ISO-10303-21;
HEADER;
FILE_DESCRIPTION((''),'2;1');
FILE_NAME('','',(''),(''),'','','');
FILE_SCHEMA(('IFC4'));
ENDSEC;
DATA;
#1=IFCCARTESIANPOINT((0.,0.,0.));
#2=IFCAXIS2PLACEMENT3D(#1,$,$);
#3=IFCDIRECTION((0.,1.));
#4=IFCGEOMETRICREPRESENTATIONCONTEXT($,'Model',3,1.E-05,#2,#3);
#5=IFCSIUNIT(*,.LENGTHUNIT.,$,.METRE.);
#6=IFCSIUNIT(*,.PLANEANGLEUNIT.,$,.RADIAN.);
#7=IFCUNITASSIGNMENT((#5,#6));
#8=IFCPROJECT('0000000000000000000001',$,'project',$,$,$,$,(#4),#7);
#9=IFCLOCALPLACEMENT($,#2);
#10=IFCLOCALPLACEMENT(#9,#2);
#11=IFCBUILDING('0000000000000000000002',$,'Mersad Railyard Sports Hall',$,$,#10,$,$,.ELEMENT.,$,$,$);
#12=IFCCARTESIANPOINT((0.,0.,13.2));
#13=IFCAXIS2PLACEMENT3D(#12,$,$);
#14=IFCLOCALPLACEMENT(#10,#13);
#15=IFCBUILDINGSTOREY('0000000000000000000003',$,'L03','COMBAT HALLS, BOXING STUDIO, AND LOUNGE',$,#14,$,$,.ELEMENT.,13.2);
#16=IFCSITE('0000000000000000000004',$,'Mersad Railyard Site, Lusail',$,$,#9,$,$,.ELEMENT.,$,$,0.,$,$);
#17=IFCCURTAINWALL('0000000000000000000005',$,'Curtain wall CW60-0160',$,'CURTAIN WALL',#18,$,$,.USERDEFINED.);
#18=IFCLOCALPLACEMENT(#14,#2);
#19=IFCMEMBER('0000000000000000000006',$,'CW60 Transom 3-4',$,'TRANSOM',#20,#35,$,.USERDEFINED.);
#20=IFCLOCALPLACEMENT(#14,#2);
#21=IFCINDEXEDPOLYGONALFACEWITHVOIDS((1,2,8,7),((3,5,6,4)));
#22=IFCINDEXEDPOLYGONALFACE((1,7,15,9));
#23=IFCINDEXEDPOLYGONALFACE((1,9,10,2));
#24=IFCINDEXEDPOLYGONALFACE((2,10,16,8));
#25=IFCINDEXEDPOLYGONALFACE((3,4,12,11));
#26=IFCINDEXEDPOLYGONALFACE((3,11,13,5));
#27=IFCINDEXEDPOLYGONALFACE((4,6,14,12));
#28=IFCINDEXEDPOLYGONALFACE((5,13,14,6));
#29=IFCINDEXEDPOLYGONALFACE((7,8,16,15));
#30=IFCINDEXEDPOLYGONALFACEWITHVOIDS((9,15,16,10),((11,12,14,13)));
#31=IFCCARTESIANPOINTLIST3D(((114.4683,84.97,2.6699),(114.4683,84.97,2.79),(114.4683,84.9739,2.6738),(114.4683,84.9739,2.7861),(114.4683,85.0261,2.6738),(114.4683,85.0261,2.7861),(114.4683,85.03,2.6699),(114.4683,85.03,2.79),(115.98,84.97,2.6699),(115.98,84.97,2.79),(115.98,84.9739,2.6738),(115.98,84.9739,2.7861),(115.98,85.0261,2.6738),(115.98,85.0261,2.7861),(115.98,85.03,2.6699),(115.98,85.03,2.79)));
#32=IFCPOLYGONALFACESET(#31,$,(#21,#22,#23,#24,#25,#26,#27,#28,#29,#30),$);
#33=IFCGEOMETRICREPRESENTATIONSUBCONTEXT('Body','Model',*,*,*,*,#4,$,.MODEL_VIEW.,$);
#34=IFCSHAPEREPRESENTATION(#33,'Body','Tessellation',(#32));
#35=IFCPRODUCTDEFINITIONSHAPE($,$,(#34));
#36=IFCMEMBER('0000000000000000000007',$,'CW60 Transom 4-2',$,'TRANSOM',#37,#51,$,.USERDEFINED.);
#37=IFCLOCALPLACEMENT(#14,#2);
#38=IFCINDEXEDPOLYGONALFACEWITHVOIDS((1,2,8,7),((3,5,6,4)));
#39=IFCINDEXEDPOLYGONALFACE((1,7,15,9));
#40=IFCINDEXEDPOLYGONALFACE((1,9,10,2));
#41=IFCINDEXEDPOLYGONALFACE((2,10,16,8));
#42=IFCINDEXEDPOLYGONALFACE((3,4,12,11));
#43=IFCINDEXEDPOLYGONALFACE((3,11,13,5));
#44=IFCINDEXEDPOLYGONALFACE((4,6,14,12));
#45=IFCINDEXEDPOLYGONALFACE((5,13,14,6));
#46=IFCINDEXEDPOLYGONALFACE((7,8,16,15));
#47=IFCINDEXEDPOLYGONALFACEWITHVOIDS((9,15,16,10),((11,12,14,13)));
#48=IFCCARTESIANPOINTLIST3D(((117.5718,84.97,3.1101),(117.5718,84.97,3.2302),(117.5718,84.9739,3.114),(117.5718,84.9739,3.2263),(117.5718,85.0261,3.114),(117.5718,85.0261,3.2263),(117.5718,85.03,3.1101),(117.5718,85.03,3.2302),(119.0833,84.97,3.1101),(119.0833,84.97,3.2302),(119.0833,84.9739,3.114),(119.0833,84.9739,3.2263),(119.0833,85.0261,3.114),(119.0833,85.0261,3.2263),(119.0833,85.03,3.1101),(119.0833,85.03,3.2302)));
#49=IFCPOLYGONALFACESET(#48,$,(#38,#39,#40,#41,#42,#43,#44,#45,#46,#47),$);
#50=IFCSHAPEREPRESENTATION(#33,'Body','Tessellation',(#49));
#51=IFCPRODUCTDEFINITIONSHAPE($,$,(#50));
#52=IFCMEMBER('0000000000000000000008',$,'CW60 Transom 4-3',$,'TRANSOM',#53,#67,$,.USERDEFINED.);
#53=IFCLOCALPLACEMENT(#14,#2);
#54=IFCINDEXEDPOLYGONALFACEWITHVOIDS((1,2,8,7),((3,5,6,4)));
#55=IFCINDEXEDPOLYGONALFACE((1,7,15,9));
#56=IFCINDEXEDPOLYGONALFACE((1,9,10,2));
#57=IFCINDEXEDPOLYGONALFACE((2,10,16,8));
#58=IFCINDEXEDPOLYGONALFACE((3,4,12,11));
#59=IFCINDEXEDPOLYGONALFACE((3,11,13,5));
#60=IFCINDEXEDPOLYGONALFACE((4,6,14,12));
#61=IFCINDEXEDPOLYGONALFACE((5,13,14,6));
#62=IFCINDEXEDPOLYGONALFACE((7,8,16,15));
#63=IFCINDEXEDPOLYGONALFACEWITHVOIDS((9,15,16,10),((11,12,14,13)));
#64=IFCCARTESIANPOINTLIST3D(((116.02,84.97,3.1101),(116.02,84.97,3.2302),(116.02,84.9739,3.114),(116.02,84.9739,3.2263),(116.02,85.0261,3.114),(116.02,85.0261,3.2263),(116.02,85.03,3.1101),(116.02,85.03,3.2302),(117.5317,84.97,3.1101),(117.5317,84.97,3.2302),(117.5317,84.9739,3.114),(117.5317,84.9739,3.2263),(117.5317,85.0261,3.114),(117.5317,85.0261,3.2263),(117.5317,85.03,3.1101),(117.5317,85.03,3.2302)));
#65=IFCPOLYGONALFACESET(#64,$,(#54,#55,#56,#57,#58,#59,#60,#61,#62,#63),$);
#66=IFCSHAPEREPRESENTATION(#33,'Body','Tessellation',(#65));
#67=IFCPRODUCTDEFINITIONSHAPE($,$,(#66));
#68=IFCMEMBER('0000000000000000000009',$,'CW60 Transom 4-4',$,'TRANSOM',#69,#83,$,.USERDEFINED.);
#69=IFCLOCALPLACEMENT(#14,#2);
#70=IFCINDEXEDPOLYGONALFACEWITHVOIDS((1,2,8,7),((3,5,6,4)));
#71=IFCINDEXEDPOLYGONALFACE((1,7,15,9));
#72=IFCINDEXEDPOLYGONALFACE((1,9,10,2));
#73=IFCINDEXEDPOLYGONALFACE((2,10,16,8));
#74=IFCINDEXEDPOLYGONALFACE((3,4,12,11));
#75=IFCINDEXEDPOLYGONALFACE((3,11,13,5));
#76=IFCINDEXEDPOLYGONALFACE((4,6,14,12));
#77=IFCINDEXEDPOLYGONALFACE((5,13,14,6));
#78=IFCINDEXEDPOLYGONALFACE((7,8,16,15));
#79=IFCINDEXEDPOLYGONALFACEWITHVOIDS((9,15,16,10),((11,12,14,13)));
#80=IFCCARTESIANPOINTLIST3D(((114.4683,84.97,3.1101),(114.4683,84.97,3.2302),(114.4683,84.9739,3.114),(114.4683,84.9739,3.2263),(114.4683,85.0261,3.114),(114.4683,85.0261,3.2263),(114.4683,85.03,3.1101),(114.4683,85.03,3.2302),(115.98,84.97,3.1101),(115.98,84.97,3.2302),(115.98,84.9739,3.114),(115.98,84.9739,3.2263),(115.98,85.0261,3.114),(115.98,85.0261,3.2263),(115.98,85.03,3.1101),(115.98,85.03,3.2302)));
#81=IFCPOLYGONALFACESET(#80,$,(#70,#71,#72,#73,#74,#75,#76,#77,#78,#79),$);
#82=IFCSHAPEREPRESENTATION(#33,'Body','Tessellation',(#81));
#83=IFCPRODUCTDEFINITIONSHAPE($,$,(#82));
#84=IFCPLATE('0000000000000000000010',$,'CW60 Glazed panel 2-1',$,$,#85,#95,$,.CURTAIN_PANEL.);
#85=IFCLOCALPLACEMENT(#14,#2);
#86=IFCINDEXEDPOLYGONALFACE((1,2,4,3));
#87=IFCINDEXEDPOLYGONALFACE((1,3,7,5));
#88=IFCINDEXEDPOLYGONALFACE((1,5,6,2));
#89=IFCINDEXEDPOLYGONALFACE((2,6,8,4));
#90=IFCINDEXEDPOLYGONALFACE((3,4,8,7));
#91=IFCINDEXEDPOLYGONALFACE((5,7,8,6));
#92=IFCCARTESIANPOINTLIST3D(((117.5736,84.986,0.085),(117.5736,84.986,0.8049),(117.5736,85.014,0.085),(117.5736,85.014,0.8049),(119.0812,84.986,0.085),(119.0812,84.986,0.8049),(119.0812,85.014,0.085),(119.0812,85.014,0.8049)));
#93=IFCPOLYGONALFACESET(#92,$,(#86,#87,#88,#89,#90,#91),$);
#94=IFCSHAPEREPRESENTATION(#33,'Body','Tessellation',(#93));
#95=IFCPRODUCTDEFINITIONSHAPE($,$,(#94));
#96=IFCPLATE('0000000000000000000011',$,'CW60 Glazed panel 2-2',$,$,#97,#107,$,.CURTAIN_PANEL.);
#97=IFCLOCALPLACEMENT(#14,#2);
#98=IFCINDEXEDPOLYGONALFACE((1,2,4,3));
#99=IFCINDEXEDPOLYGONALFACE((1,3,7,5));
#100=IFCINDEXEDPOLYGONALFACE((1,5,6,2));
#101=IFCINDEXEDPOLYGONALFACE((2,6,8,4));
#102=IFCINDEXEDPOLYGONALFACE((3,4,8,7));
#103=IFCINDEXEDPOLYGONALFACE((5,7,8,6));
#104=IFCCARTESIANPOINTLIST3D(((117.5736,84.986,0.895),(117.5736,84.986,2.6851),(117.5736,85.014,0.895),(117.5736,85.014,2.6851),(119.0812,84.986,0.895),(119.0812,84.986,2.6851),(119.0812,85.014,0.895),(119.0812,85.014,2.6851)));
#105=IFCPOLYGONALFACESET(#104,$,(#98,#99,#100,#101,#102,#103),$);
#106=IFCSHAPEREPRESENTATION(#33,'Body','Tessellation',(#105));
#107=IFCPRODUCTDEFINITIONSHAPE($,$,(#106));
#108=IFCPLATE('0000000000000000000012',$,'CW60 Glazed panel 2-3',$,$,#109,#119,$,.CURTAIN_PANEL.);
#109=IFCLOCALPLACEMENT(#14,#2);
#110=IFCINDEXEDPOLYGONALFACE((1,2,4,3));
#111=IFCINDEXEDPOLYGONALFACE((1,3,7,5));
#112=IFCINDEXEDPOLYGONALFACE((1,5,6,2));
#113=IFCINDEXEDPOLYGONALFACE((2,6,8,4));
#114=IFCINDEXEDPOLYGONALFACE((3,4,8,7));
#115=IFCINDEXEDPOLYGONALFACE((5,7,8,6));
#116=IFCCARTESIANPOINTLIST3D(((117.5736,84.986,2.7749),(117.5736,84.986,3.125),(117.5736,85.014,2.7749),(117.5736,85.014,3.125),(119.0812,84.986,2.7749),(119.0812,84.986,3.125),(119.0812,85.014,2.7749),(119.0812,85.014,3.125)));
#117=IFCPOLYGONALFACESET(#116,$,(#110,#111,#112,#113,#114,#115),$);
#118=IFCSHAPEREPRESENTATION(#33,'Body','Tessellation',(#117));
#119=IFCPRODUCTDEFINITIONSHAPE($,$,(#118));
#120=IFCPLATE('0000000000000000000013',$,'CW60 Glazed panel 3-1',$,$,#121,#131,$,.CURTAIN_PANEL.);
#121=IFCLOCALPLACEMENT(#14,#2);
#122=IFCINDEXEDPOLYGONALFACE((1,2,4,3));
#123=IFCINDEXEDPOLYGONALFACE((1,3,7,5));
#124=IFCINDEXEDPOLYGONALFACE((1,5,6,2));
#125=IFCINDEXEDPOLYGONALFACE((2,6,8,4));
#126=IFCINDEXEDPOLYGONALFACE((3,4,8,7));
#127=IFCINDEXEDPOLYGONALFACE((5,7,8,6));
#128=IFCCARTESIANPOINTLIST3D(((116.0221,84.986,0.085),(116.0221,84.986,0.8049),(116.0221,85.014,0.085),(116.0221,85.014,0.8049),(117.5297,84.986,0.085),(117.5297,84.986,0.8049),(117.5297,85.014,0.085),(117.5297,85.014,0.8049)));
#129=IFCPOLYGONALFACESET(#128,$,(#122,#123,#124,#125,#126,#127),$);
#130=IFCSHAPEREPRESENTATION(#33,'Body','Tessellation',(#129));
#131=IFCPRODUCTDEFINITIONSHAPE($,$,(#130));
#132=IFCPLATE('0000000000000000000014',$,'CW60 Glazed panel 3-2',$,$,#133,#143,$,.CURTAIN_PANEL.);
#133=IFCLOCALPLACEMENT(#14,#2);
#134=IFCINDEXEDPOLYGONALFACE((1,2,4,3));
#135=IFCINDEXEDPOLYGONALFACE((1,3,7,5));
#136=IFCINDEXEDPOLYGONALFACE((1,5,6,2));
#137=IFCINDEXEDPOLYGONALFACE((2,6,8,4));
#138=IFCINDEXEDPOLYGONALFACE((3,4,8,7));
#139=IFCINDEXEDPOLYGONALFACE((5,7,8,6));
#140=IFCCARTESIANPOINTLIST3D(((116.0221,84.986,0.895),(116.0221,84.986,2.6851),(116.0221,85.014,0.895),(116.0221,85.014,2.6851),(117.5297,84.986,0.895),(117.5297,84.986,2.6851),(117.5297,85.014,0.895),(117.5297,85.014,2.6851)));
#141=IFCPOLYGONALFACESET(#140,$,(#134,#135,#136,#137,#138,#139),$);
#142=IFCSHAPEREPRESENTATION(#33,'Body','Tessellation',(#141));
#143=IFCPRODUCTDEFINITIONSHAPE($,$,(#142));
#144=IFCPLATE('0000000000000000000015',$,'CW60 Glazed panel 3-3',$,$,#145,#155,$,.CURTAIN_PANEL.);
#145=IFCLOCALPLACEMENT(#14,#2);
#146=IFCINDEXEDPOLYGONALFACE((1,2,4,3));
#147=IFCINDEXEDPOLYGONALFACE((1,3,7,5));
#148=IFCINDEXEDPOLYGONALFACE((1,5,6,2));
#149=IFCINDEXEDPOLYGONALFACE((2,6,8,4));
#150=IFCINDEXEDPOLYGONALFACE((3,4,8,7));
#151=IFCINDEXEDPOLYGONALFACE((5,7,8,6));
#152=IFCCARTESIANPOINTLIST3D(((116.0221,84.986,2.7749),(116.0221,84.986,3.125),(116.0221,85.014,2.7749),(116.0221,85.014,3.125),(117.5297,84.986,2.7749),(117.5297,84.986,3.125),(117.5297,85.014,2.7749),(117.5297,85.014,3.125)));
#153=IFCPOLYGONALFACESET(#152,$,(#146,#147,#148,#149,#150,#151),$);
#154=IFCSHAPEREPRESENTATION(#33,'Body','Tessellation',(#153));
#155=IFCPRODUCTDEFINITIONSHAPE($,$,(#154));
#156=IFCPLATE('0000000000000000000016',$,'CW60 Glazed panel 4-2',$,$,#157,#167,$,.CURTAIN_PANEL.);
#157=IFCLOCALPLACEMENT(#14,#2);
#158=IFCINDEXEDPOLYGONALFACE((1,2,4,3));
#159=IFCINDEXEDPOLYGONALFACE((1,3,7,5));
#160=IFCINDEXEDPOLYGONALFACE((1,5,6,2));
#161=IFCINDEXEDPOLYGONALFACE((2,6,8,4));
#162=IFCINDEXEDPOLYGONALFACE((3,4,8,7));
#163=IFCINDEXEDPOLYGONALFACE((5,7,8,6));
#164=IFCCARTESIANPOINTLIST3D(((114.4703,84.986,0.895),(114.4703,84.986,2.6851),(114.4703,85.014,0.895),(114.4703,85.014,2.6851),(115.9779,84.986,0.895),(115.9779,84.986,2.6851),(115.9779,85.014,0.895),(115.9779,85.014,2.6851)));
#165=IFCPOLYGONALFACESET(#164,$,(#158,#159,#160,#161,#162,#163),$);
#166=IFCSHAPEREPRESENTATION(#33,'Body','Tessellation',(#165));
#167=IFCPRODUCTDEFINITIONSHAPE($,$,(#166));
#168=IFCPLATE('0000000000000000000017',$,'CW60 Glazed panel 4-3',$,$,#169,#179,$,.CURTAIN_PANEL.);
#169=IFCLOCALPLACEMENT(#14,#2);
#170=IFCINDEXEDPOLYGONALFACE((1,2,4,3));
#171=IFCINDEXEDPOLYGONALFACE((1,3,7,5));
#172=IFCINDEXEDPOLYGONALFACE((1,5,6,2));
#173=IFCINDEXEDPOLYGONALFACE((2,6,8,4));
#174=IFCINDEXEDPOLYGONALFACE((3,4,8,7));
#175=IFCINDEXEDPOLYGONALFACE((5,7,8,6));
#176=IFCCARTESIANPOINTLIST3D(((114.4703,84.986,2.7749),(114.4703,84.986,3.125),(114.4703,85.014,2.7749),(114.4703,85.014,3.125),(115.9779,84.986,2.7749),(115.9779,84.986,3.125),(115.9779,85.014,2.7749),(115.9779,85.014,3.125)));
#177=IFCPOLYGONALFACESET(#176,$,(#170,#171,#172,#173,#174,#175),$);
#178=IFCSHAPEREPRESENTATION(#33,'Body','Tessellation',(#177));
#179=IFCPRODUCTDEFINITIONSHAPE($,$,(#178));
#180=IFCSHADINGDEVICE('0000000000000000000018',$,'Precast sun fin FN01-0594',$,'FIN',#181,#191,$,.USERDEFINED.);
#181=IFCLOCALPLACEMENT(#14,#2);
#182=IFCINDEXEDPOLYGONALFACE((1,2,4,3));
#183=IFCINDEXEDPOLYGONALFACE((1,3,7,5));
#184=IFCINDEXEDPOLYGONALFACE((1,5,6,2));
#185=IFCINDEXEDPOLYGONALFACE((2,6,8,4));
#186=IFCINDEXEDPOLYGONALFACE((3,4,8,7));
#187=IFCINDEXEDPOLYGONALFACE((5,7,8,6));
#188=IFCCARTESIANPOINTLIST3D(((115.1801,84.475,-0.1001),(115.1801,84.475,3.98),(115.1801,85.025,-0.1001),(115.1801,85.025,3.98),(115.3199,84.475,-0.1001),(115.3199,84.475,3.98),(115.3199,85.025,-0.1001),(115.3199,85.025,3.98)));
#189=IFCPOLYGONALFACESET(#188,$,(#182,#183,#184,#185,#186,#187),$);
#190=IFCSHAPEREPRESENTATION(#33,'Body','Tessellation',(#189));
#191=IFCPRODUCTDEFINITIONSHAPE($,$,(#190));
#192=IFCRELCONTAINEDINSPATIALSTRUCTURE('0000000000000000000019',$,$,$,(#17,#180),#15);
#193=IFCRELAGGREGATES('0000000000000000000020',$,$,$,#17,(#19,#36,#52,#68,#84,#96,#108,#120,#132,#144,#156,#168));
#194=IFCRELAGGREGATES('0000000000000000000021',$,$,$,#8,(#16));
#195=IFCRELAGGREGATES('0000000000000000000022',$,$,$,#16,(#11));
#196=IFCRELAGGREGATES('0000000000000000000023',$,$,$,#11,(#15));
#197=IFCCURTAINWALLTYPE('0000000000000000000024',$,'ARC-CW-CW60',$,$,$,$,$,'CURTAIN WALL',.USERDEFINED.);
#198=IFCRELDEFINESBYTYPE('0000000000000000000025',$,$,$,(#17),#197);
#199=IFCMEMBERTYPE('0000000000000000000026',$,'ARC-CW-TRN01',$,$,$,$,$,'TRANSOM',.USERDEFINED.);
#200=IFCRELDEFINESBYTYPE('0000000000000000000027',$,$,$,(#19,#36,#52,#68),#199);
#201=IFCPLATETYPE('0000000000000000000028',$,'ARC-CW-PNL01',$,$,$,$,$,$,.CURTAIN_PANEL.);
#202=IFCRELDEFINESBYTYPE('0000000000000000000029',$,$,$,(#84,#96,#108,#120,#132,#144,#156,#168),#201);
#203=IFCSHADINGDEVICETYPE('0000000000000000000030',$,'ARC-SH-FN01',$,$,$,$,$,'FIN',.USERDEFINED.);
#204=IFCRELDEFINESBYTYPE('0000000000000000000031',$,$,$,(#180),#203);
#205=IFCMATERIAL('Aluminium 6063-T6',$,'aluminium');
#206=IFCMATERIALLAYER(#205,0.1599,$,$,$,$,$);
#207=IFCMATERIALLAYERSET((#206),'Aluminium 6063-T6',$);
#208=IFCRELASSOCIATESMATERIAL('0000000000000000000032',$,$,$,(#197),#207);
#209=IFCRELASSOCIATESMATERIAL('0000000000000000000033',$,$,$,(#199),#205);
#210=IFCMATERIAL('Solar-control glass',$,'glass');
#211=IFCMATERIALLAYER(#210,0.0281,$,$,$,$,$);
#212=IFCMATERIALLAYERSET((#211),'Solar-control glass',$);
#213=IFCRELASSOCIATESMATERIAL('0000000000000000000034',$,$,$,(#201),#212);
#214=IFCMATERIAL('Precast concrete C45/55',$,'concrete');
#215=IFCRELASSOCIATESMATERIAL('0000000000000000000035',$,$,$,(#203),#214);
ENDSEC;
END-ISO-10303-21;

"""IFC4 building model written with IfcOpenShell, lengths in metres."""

from ifc_helpers import new_model, si_unit, direction, frame, origin, origin_2d, place, context, subcontext, project, spatial, rectangle, hollow_rectangle, extrude, material, layer, layer_set, material_profile, profile_set, type_object, element, aggregate, save


model = new_model("IFC4")

# Units and contexts
model_context = context("Model", 3, precision=1e-05, world=origin(), true_north=direction((0.0, 1.0)))
body_context = subcontext(model_context, "Body", "Model", "MODEL_VIEW")
ifc_project = project(units=[si_unit("LENGTHUNIT", "METRE"), si_unit("PLANEANGLEUNIT", "RADIAN")], contexts=[model_context])

# Site, building, storey
site_placement = place(None, origin())
site = spatial("IfcSite", under=ifc_project, at=site_placement, Name="Mersad Railyard Site, Lusail", CompositionType="ELEMENT", RefElevation=0.0)
building_placement = place(site_placement, origin())
building = spatial("IfcBuilding", under=site, at=building_placement, Name="Mersad Railyard Sports Hall", CompositionType="ELEMENT")
storey_placement = place(building_placement, frame((0.0, 0.0, 13.2)))
storey = spatial("IfcBuildingStorey", under=building, at=storey_placement, Name="L03", Description="COMBAT HALLS, BOXING STUDIO, AND LOUNGE", CompositionType="ELEMENT", Elevation=13.2)

# Curtain wall, members, plates
ifc_material_1 = material(Name="Aluminium 6063-T6", Category="aluminium")
ifc_layer_1 = layer(ifc_material_1, 0.1599)
ifc_layer_set_1 = layer_set([ifc_layer_1], Name="Aluminium 6063-T6")
curtain_wall_type = type_object("IfcCurtainWallType", Name="ARC-CW-CW60", ElementType="CURTAIN WALL", PredefinedType="USERDEFINED", material=ifc_layer_set_1)
curtain_wall_placement = place(storey_placement, origin())
curtain_wall = element("IfcCurtainWall", 1, at=curtain_wall_placement, inside=storey, type_object=curtain_wall_type, Name="Curtain wall CW60-0160", ObjectType="CURTAIN WALL", PredefinedType="USERDEFINED")
ifc_material_profile_1 = material_profile(ifc_material_1, hollow_rectangle(XDim=0.0601, YDim=0.1201, WallThickness=0.0039, at=origin_2d()), Name="AL TRANSOM 60x120x4")
ifc_profile_set_1 = profile_set([ifc_material_profile_1], Name="Aluminium 6063-T6")
member_type_1 = type_object("IfcMemberType", Name="ARC-CW-TRN01", ElementType="TRANSOM", PredefinedType="USERDEFINED", material=ifc_profile_set_1)
member_1_placement = place(storey_placement, frame((115.98, 85.0, 2.73), z_axis=(-1.0, 0.0, 0.0), x_axis=(0.0, -1.0, 0.0)))
member_1 = element("IfcMember", 2, at=member_1_placement, type_object=member_type_1, Name="CW60 Transom 3-4", ObjectType="TRANSOM", PredefinedType="USERDEFINED", context=body_context, shape_type="SweptSolid", body=[
    extrude(hollow_rectangle(XDim=0.0601, YDim=0.1201, WallThickness=0.0039, at=origin_2d()), origin(), (0.0, 0.0, 1.0), 1.5117),
])
member_2_placement = place(storey_placement, frame((119.0833, 85.0, 3.1702), z_axis=(-1.0, 0.0, 0.0), x_axis=(0.0, -1.0, 0.0)))
member_2 = element("IfcMember", 3, at=member_2_placement, type_object=member_type_1, Name="CW60 Transom 4-2", ObjectType="TRANSOM", PredefinedType="USERDEFINED", context=body_context, shape_type="SweptSolid", body=[
    extrude(hollow_rectangle(XDim=0.0601, YDim=0.1201, WallThickness=0.0039, at=origin_2d()), origin(), (0.0, 0.0, 1.0), 1.5115),
])
member_3_placement = place(storey_placement, frame((117.5317, 85.0, 3.1702), z_axis=(-1.0, 0.0, 0.0), x_axis=(0.0, -1.0, 0.0)))
member_3 = element("IfcMember", 4, at=member_3_placement, type_object=member_type_1, Name="CW60 Transom 4-3", ObjectType="TRANSOM", PredefinedType="USERDEFINED", context=body_context, shape_type="SweptSolid", body=[
    extrude(hollow_rectangle(XDim=0.0601, YDim=0.1201, WallThickness=0.0039, at=origin_2d()), origin(), (0.0, 0.0, 1.0), 1.5117),
])
member_4_placement = place(storey_placement, frame((115.98, 85.0, 3.1702), z_axis=(-1.0, 0.0, 0.0), x_axis=(0.0, -1.0, 0.0)))
member_4 = element("IfcMember", 5, at=member_4_placement, type_object=member_type_1, Name="CW60 Transom 4-4", ObjectType="TRANSOM", PredefinedType="USERDEFINED", context=body_context, shape_type="SweptSolid", body=[
    extrude(hollow_rectangle(XDim=0.0601, YDim=0.1201, WallThickness=0.0039, at=origin_2d()), origin(), (0.0, 0.0, 1.0), 1.5117),
])
ifc_material_2 = material(Name="Solar-control glass", Category="glass")
ifc_layer_2 = layer(ifc_material_2, 0.0281)
ifc_layer_set_2 = layer_set([ifc_layer_2], Name="Solar-control glass")
plate_type = type_object("IfcPlateType", Name="ARC-CW-PNL01", PredefinedType="CURTAIN_PANEL", material=ifc_layer_set_2)
plate_1_placement = place(storey_placement, frame((118.3274, 85.0, 0.085), z_axis=(0.0, 0.0, 1.0), x_axis=(-1.0, 0.0, 0.0)))
plate_1 = element("IfcPlate", 6, at=plate_1_placement, type_object=plate_type, Name="CW60 Glazed panel 2-1", PredefinedType="CURTAIN_PANEL", context=body_context, shape_type="SweptSolid", body=[
    extrude(rectangle(XDim=1.5076, YDim=0.0281, at=origin_2d()), origin(), (0.0, 0.0, 1.0), 0.72),
])
plate_2_placement = place(storey_placement, frame((118.3274, 85.0, 0.895), z_axis=(0.0, 0.0, 1.0), x_axis=(-1.0, 0.0, 0.0)))
plate_2 = element("IfcPlate", 7, at=plate_2_placement, type_object=plate_type, Name="CW60 Glazed panel 2-2", PredefinedType="CURTAIN_PANEL", context=body_context, shape_type="SweptSolid", body=[
    extrude(rectangle(XDim=1.5076, YDim=0.0281, at=origin_2d()), origin(), (0.0, 0.0, 1.0), 1.79),
])
plate_3_placement = place(storey_placement, frame((118.3274, 85.0, 2.7749), z_axis=(0.0, 0.0, 1.0), x_axis=(-1.0, 0.0, 0.0)))
plate_3 = element("IfcPlate", 8, at=plate_3_placement, type_object=plate_type, Name="CW60 Glazed panel 2-3", PredefinedType="CURTAIN_PANEL", context=body_context, shape_type="SweptSolid", body=[
    extrude(rectangle(XDim=1.5076, YDim=0.0281, at=origin_2d()), origin(), (0.0, 0.0, 1.0), 0.3501),
])
plate_4_placement = place(storey_placement, frame((116.7759, 85.0, 0.085), z_axis=(0.0, 0.0, 1.0), x_axis=(-1.0, 0.0, 0.0)))
plate_4 = element("IfcPlate", 9, at=plate_4_placement, type_object=plate_type, Name="CW60 Glazed panel 3-1", PredefinedType="CURTAIN_PANEL", context=body_context, shape_type="SweptSolid", body=[
    extrude(rectangle(XDim=1.5076, YDim=0.0281, at=origin_2d()), origin(), (0.0, 0.0, 1.0), 0.72),
])
plate_5_placement = place(storey_placement, frame((116.7759, 85.0, 0.895), z_axis=(0.0, 0.0, 1.0), x_axis=(-1.0, 0.0, 0.0)))
plate_5 = element("IfcPlate", 10, at=plate_5_placement, type_object=plate_type, Name="CW60 Glazed panel 3-2", PredefinedType="CURTAIN_PANEL", context=body_context, shape_type="SweptSolid", body=[
    extrude(rectangle(XDim=1.5076, YDim=0.0281, at=origin_2d()), origin(), (0.0, 0.0, 1.0), 1.79),
])
plate_6_placement = place(storey_placement, frame((116.7759, 85.0, 2.7749), z_axis=(0.0, 0.0, 1.0), x_axis=(-1.0, 0.0, 0.0)))
plate_6 = element("IfcPlate", 11, at=plate_6_placement, type_object=plate_type, Name="CW60 Glazed panel 3-3", PredefinedType="CURTAIN_PANEL", context=body_context, shape_type="SweptSolid", body=[
    extrude(rectangle(XDim=1.5076, YDim=0.0281, at=origin_2d()), origin(), (0.0, 0.0, 1.0), 0.3501),
])
plate_7_placement = place(storey_placement, frame((115.2241, 85.0, 0.895), z_axis=(0.0, 0.0, 1.0), x_axis=(-1.0, 0.0, 0.0)))
plate_7 = element("IfcPlate", 12, at=plate_7_placement, type_object=plate_type, Name="CW60 Glazed panel 4-2", PredefinedType="CURTAIN_PANEL", context=body_context, shape_type="SweptSolid", body=[
    extrude(rectangle(XDim=1.5076, YDim=0.0281, at=origin_2d()), origin(), (0.0, 0.0, 1.0), 1.79),
])
plate_8_placement = place(storey_placement, frame((115.2241, 85.0, 2.7749), z_axis=(0.0, 0.0, 1.0), x_axis=(-1.0, 0.0, 0.0)))
plate_8 = element("IfcPlate", 13, at=plate_8_placement, type_object=plate_type, Name="CW60 Glazed panel 4-3", PredefinedType="CURTAIN_PANEL", context=body_context, shape_type="SweptSolid", body=[
    extrude(rectangle(XDim=1.5076, YDim=0.0281, at=origin_2d()), origin(), (0.0, 0.0, 1.0), 0.3501),
])
aggregate(curtain_wall, [member_1, member_2, member_3, member_4, plate_1, plate_2, plate_3, plate_4, plate_5, plate_6, plate_7, plate_8])

# Shading device
ifc_material_3 = material(Name="Precast concrete C45/55", Category="concrete")
shading_device_type = type_object("IfcShadingDeviceType", Name="ARC-SH-FN01", ElementType="FIN", PredefinedType="USERDEFINED", material=ifc_material_3)
for number, where, z_axis, x_axis, name in (
    (14, (115.25, 84.75, -0.1001), (0.0, 0.0, 1.0), (1.0, 0.0, 0.0), "Precast sun fin FN01-0594"),
):
    element("IfcShadingDevice", number, at=place(storey_placement, frame(where, z_axis=z_axis, x_axis=x_axis)), inside=storey, type_object=shading_device_type, Name=name, ObjectType="FIN", PredefinedType="USERDEFINED", context=body_context, shape_type="SweptSolid", body=[
        extrude(rectangle(XDim=0.1399, YDim=0.55, at=origin_2d()), origin(), (0.0, 0.0, 1.0), 4.0801),
    ])

save(model, "model.ifc")
